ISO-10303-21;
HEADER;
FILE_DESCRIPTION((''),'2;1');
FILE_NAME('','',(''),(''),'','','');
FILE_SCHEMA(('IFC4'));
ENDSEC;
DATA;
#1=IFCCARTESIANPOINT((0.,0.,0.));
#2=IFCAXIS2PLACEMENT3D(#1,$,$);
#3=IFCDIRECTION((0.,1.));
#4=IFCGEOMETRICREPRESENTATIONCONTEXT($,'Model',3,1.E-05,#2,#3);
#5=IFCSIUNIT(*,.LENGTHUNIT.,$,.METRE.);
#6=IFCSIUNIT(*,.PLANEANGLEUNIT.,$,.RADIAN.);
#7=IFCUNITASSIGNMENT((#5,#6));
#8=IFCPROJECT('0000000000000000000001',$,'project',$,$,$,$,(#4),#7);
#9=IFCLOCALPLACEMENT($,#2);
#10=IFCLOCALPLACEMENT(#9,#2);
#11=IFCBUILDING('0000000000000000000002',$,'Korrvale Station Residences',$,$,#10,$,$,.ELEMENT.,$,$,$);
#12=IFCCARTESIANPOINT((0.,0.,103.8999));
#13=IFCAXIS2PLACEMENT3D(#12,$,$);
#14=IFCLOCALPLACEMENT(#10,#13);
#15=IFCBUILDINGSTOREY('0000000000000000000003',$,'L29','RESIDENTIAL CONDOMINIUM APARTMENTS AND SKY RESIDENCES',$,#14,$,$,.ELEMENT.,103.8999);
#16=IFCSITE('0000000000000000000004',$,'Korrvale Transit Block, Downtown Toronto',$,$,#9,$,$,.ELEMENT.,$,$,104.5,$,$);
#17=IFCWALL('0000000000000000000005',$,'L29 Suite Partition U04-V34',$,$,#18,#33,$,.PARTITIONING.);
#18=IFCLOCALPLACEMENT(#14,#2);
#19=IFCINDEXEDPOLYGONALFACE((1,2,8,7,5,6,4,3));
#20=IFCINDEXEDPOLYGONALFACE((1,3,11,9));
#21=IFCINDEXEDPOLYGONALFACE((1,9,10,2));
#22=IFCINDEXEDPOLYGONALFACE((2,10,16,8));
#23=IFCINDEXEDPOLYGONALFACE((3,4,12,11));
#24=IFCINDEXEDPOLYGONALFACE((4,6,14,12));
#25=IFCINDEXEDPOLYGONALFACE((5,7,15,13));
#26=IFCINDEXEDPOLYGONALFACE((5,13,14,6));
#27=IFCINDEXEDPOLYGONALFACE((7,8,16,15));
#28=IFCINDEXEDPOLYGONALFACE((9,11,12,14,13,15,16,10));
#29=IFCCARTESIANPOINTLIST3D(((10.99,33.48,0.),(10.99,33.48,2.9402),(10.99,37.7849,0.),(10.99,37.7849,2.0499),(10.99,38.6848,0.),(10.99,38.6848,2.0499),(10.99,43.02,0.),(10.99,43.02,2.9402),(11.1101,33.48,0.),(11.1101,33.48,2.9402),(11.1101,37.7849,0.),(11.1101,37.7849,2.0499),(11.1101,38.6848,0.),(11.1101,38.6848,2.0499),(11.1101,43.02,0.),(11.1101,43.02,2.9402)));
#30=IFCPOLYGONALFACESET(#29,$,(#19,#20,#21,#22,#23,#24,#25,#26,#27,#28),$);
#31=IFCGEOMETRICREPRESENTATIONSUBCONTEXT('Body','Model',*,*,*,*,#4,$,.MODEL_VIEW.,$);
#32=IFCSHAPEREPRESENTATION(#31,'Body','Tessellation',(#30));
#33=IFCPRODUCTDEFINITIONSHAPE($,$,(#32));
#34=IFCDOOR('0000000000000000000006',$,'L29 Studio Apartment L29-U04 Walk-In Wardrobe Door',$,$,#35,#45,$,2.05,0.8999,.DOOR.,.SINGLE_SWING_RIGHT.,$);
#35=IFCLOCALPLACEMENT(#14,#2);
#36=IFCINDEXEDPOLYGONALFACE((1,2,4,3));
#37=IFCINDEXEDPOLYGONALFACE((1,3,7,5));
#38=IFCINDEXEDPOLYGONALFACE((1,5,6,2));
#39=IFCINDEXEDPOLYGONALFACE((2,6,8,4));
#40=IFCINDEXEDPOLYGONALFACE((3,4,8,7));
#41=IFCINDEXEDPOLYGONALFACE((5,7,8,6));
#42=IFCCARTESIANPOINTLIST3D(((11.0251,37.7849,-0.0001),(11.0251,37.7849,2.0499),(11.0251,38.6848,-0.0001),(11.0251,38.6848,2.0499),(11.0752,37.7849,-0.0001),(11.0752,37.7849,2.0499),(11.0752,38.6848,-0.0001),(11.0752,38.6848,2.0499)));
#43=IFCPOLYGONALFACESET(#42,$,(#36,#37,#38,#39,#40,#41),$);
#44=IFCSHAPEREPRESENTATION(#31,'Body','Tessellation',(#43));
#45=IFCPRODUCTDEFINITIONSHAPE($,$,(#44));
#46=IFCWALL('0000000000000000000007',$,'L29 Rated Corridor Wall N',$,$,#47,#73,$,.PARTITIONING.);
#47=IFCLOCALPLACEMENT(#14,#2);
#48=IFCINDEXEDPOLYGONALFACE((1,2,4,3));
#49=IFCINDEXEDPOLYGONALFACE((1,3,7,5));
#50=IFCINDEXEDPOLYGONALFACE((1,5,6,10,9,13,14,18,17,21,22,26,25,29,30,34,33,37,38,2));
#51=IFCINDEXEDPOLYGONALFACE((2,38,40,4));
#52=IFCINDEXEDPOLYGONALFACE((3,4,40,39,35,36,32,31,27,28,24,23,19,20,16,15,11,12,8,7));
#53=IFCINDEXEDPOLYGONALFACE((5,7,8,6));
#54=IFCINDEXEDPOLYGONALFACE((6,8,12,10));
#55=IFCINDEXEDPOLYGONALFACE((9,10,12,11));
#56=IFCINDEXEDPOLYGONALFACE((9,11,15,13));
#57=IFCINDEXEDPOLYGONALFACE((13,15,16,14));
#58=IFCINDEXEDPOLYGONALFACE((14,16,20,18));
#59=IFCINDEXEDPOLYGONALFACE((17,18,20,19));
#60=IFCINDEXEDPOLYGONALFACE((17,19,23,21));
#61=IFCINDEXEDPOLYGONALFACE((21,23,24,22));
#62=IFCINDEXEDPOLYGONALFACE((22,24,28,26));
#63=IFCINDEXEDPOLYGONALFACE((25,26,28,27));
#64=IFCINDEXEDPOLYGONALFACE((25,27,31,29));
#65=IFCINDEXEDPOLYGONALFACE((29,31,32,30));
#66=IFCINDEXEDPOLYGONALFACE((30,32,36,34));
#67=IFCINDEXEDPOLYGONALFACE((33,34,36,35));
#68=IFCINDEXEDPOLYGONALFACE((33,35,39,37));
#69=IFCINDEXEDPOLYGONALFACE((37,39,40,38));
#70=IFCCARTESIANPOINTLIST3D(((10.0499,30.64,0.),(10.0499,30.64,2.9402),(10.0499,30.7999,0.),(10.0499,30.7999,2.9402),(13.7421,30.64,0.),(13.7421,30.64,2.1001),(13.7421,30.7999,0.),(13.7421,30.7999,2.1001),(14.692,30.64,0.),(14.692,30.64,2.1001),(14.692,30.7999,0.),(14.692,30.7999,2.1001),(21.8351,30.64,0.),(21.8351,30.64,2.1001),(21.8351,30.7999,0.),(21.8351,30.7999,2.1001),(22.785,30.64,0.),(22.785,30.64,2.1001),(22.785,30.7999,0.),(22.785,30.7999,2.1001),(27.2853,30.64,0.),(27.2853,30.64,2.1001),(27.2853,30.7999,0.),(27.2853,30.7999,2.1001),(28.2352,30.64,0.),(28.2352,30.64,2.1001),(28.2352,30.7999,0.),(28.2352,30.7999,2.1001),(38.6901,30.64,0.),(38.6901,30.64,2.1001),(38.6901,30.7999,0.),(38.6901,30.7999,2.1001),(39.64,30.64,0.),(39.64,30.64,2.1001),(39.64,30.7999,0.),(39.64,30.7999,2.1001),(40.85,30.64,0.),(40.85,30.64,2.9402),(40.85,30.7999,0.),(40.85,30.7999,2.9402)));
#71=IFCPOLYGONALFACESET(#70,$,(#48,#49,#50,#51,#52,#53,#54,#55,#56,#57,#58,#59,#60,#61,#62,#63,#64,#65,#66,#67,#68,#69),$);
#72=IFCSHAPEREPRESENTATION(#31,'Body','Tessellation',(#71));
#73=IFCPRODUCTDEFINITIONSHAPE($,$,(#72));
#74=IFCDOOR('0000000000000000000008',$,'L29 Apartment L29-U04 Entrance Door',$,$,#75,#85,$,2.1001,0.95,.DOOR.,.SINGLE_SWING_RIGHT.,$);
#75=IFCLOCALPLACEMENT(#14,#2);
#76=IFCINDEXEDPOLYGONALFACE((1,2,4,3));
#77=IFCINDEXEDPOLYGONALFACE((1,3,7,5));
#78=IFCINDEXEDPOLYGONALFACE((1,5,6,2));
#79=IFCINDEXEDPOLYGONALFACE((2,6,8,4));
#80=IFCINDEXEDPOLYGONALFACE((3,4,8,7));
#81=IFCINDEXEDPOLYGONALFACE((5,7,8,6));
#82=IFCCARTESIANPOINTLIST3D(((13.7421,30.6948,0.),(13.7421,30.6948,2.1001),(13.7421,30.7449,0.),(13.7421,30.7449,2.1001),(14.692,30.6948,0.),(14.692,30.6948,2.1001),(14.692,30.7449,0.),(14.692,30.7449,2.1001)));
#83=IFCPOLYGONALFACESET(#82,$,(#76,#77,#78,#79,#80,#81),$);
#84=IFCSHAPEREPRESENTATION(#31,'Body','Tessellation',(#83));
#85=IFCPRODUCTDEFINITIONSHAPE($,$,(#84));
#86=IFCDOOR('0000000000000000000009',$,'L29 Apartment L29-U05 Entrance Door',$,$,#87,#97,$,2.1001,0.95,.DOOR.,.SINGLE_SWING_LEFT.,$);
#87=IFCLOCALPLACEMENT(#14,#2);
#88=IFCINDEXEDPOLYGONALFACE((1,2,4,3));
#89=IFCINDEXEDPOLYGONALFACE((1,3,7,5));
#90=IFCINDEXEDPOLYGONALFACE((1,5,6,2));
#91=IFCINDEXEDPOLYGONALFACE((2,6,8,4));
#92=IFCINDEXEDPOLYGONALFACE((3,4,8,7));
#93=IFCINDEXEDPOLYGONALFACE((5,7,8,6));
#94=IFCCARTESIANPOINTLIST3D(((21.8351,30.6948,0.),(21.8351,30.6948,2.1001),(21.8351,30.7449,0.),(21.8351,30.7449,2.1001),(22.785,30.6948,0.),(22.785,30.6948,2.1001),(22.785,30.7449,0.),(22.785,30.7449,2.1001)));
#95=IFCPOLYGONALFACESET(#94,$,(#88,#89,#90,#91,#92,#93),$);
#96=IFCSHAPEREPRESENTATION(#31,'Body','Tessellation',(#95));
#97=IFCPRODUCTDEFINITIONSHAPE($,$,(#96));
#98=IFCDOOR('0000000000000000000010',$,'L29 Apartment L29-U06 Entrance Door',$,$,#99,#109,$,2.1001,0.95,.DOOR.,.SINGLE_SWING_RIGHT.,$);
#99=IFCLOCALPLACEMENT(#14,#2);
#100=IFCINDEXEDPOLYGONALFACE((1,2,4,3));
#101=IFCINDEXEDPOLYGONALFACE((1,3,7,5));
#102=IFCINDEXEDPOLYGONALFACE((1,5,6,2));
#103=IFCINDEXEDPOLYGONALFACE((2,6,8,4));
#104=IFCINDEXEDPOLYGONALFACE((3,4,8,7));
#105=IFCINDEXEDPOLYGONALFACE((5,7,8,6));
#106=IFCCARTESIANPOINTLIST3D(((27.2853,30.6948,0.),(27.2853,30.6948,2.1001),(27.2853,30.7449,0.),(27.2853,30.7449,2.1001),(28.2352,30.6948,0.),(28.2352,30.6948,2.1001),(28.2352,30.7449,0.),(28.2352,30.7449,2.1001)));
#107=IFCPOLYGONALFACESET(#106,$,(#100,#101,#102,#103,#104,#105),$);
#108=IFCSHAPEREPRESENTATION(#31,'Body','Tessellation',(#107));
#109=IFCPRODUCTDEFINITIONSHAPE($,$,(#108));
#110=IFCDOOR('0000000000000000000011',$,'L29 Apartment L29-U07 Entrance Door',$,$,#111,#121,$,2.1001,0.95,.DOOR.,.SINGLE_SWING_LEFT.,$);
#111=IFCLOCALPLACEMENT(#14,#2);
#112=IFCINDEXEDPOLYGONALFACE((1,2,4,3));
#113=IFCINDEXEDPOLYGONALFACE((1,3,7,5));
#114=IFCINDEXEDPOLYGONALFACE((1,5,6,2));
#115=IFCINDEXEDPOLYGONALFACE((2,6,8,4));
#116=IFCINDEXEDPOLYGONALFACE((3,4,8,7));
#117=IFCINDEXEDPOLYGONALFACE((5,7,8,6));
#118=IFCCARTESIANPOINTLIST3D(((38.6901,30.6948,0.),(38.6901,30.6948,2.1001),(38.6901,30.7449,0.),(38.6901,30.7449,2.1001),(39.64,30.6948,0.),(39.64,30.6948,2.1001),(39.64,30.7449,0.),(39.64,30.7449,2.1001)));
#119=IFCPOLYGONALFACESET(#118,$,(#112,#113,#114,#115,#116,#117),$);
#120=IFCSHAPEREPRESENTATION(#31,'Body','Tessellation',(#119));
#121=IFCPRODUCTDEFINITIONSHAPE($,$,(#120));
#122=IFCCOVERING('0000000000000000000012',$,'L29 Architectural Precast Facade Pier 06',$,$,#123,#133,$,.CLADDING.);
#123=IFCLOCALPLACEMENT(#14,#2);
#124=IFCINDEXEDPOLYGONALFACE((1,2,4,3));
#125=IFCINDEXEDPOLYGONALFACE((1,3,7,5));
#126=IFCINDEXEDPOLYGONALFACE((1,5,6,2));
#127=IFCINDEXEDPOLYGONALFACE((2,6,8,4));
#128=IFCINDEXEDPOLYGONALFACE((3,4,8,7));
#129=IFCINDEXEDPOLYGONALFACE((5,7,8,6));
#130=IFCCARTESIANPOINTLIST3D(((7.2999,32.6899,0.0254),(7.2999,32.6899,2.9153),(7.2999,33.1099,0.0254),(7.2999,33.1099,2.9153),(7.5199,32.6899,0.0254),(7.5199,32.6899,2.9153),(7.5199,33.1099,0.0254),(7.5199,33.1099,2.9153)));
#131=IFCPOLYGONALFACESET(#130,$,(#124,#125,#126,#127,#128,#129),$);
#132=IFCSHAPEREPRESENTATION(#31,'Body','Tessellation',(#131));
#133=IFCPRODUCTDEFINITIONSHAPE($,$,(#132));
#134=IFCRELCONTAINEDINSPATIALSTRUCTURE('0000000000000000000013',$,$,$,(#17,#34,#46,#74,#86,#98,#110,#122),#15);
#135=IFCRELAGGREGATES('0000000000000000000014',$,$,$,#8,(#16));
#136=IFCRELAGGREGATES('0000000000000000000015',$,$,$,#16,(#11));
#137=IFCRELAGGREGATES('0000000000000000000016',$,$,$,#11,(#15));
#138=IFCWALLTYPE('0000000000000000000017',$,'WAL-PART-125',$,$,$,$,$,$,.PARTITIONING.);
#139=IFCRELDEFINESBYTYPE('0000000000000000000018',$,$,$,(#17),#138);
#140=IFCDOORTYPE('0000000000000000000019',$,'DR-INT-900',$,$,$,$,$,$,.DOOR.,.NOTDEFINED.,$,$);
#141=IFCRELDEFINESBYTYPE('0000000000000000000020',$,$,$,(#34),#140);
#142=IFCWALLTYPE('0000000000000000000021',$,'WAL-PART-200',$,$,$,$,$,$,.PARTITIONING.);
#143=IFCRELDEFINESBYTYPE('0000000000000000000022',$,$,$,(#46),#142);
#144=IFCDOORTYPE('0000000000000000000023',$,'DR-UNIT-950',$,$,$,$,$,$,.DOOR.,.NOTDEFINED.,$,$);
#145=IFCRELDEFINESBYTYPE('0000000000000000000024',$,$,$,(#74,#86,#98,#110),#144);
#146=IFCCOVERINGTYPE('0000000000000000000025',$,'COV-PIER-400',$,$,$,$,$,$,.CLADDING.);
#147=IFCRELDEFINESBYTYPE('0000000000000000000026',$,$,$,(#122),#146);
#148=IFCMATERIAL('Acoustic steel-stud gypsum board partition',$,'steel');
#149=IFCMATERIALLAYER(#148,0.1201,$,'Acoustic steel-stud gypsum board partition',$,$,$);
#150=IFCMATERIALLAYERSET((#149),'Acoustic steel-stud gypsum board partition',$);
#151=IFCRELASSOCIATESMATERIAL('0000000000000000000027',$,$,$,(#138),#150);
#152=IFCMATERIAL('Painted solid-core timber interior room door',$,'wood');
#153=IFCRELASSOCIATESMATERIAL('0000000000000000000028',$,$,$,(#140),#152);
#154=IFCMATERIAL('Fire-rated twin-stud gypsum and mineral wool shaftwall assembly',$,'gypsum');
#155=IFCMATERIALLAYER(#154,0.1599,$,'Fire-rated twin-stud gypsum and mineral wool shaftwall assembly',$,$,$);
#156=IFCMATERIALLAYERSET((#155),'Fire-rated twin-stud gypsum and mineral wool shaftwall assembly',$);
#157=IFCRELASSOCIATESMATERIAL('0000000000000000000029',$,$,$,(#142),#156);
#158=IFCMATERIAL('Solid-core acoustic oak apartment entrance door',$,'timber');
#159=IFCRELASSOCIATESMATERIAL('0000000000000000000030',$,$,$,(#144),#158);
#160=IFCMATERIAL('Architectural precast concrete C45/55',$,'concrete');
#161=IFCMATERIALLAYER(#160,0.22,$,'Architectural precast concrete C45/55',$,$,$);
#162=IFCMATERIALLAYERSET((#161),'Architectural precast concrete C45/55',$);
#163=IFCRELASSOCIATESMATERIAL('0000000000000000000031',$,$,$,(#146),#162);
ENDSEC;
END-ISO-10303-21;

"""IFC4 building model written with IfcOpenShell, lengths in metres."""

from ifc_helpers import new_model, si_unit, direction, frame, frame_2d, origin, origin_2d, place, context, subcontext, project, spatial, rectangle, extrude, material, layer, layer_set, type_object, element, fill, save


model = new_model("IFC4")

# Units and contexts
model_context = context("Model", 3, precision=1e-05, world=origin(), true_north=direction((0.0, 1.0)))
body_context = subcontext(model_context, "Body", "Model", "MODEL_VIEW")
ifc_project = project(units=[si_unit("LENGTHUNIT", "METRE"), si_unit("PLANEANGLEUNIT", "RADIAN")], contexts=[model_context])

# Site, building, storey
site_placement = place(None, origin())
site = spatial("IfcSite", under=ifc_project, at=site_placement, Name="Korrvale Transit Block, Downtown Toronto", CompositionType="ELEMENT", RefElevation=104.5)
building_placement = place(site_placement, origin())
building = spatial("IfcBuilding", under=site, at=building_placement, Name="Korrvale Station Residences", CompositionType="ELEMENT")
storey_placement = place(building_placement, frame((0.0, 0.0, 103.8999)))
storey = spatial("IfcBuildingStorey", under=building, at=storey_placement, Name="L29", Description="RESIDENTIAL CONDOMINIUM APARTMENTS AND SKY RESIDENCES", CompositionType="ELEMENT", Elevation=103.8999)

# Shared definitions
ifc_material_1 = material(Name="Acoustic steel-stud gypsum board partition", Category="steel")
ifc_layer_1 = layer(ifc_material_1, 0.1201, Name="Acoustic steel-stud gypsum board partition")
ifc_layer_set_1 = layer_set([ifc_layer_1], Name="Acoustic steel-stud gypsum board partition")
wall_type_1 = type_object("IfcWallType", Name="WAL-PART-125", PredefinedType="PARTITIONING", material=ifc_layer_set_1)

# Wall, opening, door
ifc_material_2 = material(Name="Painted solid-core timber interior room door", Category="wood")
door_type_1 = type_object("IfcDoorType", Name="DR-INT-900", OperationType="NOTDEFINED", PredefinedType="DOOR", material=ifc_material_2)
wall_1_placement = place(storey_placement, frame((11.05, 33.48, 0.0), z_axis=(0.0, 0.0, 1.0), x_axis=(0.0, 1.0, 0.0)))
wall_1 = element("IfcWall", 1, at=wall_1_placement, inside=storey, type_object=wall_type_1, Name="L29 Suite Partition U04-V34", PredefinedType="PARTITIONING", context=body_context, shape_type="SweptSolid", body=[
    extrude(rectangle(XDim=9.54, YDim=0.1201, at=frame_2d((4.77, 0.0))), origin(), (0.0, 0.0, 1.0), 2.9402),
])
opening_1_placement = place(wall_1_placement, frame((4.3049, 0.0, 0.0)))
opening_1 = element("IfcOpeningElement", 2, at=opening_1_placement, cuts=wall_1, PredefinedType="OPENING", context=body_context, shape_type="SweptSolid", body=[
    extrude(rectangle(XDim=0.8999, YDim=2.05, at=frame_2d((0.45, 1.0249))), frame((0.0, 0.0701, 0.0), z_axis=(0.0, -1.0, 0.0), x_axis=(1.0, 0.0, 0.0)), (0.0, 0.0, 1.0), 0.1401),
])
door_1_placement = place(opening_1_placement, origin())
door_1 = element("IfcDoor", 3, at=door_1_placement, inside=storey, type_object=door_type_1, Name="L29 Studio Apartment L29-U04 Walk-In Wardrobe Door", OperationType="SINGLE_SWING_RIGHT", OverallHeight=2.05, OverallWidth=0.8999, PredefinedType="DOOR", context=body_context, shape_type="SweptSolid", body=[
    extrude(rectangle(XDim=0.8999, YDim=2.05, at=frame_2d((0.45, 1.0249))), frame((0.0, 0.0249, 0.0), z_axis=(0.0, -1.0, 0.0), x_axis=(1.0, 0.0, 0.0)), (0.0, 0.0, 1.0), 0.05),
])
fill(opening_1, door_1)

# Wall, openings, doors
ifc_material_3 = material(Name="Fire-rated twin-stud gypsum and mineral wool shaftwall assembly", Category="gypsum")
ifc_layer_2 = layer(ifc_material_3, 0.1599, Name="Fire-rated twin-stud gypsum and mineral wool shaftwall assembly")
ifc_layer_set_2 = layer_set([ifc_layer_2], Name="Fire-rated twin-stud gypsum and mineral wool shaftwall assembly")
wall_type_2 = type_object("IfcWallType", Name="WAL-PART-200", PredefinedType="PARTITIONING", material=ifc_layer_set_2)
wall_2_placement = place(storey_placement, frame((10.05, 30.72, 0.0), z_axis=(0.0, 0.0, 1.0), x_axis=(1.0, 0.0, 0.0)))
wall_2 = element("IfcWall", 4, at=wall_2_placement, inside=storey, type_object=wall_type_2, Name="L29 Rated Corridor Wall N", PredefinedType="PARTITIONING", context=body_context, shape_type="SweptSolid", body=[
    extrude(rectangle(XDim=30.8, YDim=0.1599, at=frame_2d((15.3999, 0.0))), origin(), (0.0, 0.0, 1.0), 2.9402),
])
opening_2_placement = place(wall_2_placement, frame((3.6919, 0.0, 0.0)))
opening_2 = element("IfcOpeningElement", 5, at=opening_2_placement, cuts=wall_2, PredefinedType="OPENING", context=body_context, shape_type="SweptSolid", body=[
    extrude(rectangle(XDim=0.95, YDim=2.1001, at=frame_2d((0.4751, 1.05))), frame((0.0, 0.0898, 0.0), z_axis=(0.0, -1.0, 0.0), x_axis=(1.0, 0.0, 0.0)), (0.0, 0.0, 1.0), 0.1799),
])
opening_3_placement = place(wall_2_placement, frame((11.7849, 0.0, 0.0)))
opening_3 = element("IfcOpeningElement", 6, at=opening_3_placement, cuts=wall_2, PredefinedType="OPENING", context=body_context, shape_type="SweptSolid", body=[
    extrude(rectangle(XDim=0.95, YDim=2.1001, at=frame_2d((0.4751, 1.05))), frame((0.0, 0.0898, 0.0), z_axis=(0.0, -1.0, 0.0), x_axis=(1.0, 0.0, 0.0)), (0.0, 0.0, 1.0), 0.1799),
])
opening_4_placement = place(wall_2_placement, frame((17.2351, 0.0, 0.0)))
opening_4 = element("IfcOpeningElement", 7, at=opening_4_placement, cuts=wall_2, PredefinedType="OPENING", context=body_context, shape_type="SweptSolid", body=[
    extrude(rectangle(XDim=0.95, YDim=2.1001, at=frame_2d((0.4751, 1.05))), frame((0.0, 0.0898, 0.0), z_axis=(0.0, -1.0, 0.0), x_axis=(1.0, 0.0, 0.0)), (0.0, 0.0, 1.0), 0.1799),
])
opening_5_placement = place(wall_2_placement, frame((28.6399, 0.0, 0.0)))
opening_5 = element("IfcOpeningElement", 8, at=opening_5_placement, cuts=wall_2, PredefinedType="OPENING", context=body_context, shape_type="SweptSolid", body=[
    extrude(rectangle(XDim=0.95, YDim=2.1001, at=frame_2d((0.4751, 1.05))), frame((0.0, 0.0898, 0.0), z_axis=(0.0, -1.0, 0.0), x_axis=(1.0, 0.0, 0.0)), (0.0, 0.0, 1.0), 0.1799),
])
ifc_material_4 = material(Name="Solid-core acoustic oak apartment entrance door", Category="timber")
door_type_2 = type_object("IfcDoorType", Name="DR-UNIT-950", OperationType="NOTDEFINED", PredefinedType="DOOR", material=ifc_material_4)
door_2_placement = place(opening_2_placement, origin())
door_2 = element("IfcDoor", 9, at=door_2_placement, inside=storey, type_object=door_type_2, Name="L29 Apartment L29-U04 Entrance Door", OperationType="SINGLE_SWING_RIGHT", OverallHeight=2.1001, OverallWidth=0.95, PredefinedType="DOOR", context=body_context, shape_type="SweptSolid", body=[
    extrude(rectangle(XDim=0.95, YDim=2.1001, at=frame_2d((0.4751, 1.05))), frame((0.0, 0.0249, 0.0), z_axis=(0.0, -1.0, 0.0), x_axis=(1.0, 0.0, 0.0)), (0.0, 0.0, 1.0), 0.05),
])
fill(opening_2, door_2)
door_3_placement = place(opening_3_placement, origin())
door_3 = element("IfcDoor", 10, at=door_3_placement, inside=storey, type_object=door_type_2, Name="L29 Apartment L29-U05 Entrance Door", OperationType="SINGLE_SWING_LEFT", OverallHeight=2.1001, OverallWidth=0.95, PredefinedType="DOOR", context=body_context, shape_type="SweptSolid", body=[
    extrude(rectangle(XDim=0.95, YDim=2.1001, at=frame_2d((0.4751, 1.05))), frame((0.0, 0.0249, 0.0), z_axis=(0.0, -1.0, 0.0), x_axis=(1.0, 0.0, 0.0)), (0.0, 0.0, 1.0), 0.05),
])
fill(opening_3, door_3)
door_4_placement = place(opening_4_placement, origin())
door_4 = element("IfcDoor", 11, at=door_4_placement, inside=storey, type_object=door_type_2, Name="L29 Apartment L29-U06 Entrance Door", OperationType="SINGLE_SWING_RIGHT", OverallHeight=2.1001, OverallWidth=0.95, PredefinedType="DOOR", context=body_context, shape_type="SweptSolid", body=[
    extrude(rectangle(XDim=0.95, YDim=2.1001, at=frame_2d((0.4751, 1.05))), frame((0.0, 0.0249, 0.0), z_axis=(0.0, -1.0, 0.0), x_axis=(1.0, 0.0, 0.0)), (0.0, 0.0, 1.0), 0.05),
])
fill(opening_4, door_4)
door_5_placement = place(opening_5_placement, origin())
door_5 = element("IfcDoor", 12, at=door_5_placement, inside=storey, type_object=door_type_2, Name="L29 Apartment L29-U07 Entrance Door", OperationType="SINGLE_SWING_LEFT", OverallHeight=2.1001, OverallWidth=0.95, PredefinedType="DOOR", context=body_context, shape_type="SweptSolid", body=[
    extrude(rectangle(XDim=0.95, YDim=2.1001, at=frame_2d((0.4751, 1.05))), frame((0.0, 0.0249, 0.0), z_axis=(0.0, -1.0, 0.0), x_axis=(1.0, 0.0, 0.0)), (0.0, 0.0, 1.0), 0.05),
])
fill(opening_5, door_5)

# Covering
ifc_material_5 = material(Name="Architectural precast concrete C45/55", Category="concrete")
ifc_layer_3 = layer(ifc_material_5, 0.22, Name="Architectural precast concrete C45/55")
ifc_layer_set_3 = layer_set([ifc_layer_3], Name="Architectural precast concrete C45/55")
covering_type = type_object("IfcCoveringType", Name="COV-PIER-400", PredefinedType="CLADDING", material=ifc_layer_set_3)
covering_placement = place(storey_placement, frame((7.4099, 32.8999, 0.0254), z_axis=(0.0, 0.0, 1.0), x_axis=(0.0, 1.0, 0.0)))
element("IfcCovering", 13, at=covering_placement, inside=storey, type_object=covering_type, Name="L29 Architectural Precast Facade Pier 06", PredefinedType="CLADDING", context=body_context, shape_type="SweptSolid", body=[
    extrude(rectangle(XDim=0.4199, YDim=0.22, at=origin_2d()), origin(), (0.0, 0.0, 1.0), 2.8899),
])

save(model, "model.ifc")
